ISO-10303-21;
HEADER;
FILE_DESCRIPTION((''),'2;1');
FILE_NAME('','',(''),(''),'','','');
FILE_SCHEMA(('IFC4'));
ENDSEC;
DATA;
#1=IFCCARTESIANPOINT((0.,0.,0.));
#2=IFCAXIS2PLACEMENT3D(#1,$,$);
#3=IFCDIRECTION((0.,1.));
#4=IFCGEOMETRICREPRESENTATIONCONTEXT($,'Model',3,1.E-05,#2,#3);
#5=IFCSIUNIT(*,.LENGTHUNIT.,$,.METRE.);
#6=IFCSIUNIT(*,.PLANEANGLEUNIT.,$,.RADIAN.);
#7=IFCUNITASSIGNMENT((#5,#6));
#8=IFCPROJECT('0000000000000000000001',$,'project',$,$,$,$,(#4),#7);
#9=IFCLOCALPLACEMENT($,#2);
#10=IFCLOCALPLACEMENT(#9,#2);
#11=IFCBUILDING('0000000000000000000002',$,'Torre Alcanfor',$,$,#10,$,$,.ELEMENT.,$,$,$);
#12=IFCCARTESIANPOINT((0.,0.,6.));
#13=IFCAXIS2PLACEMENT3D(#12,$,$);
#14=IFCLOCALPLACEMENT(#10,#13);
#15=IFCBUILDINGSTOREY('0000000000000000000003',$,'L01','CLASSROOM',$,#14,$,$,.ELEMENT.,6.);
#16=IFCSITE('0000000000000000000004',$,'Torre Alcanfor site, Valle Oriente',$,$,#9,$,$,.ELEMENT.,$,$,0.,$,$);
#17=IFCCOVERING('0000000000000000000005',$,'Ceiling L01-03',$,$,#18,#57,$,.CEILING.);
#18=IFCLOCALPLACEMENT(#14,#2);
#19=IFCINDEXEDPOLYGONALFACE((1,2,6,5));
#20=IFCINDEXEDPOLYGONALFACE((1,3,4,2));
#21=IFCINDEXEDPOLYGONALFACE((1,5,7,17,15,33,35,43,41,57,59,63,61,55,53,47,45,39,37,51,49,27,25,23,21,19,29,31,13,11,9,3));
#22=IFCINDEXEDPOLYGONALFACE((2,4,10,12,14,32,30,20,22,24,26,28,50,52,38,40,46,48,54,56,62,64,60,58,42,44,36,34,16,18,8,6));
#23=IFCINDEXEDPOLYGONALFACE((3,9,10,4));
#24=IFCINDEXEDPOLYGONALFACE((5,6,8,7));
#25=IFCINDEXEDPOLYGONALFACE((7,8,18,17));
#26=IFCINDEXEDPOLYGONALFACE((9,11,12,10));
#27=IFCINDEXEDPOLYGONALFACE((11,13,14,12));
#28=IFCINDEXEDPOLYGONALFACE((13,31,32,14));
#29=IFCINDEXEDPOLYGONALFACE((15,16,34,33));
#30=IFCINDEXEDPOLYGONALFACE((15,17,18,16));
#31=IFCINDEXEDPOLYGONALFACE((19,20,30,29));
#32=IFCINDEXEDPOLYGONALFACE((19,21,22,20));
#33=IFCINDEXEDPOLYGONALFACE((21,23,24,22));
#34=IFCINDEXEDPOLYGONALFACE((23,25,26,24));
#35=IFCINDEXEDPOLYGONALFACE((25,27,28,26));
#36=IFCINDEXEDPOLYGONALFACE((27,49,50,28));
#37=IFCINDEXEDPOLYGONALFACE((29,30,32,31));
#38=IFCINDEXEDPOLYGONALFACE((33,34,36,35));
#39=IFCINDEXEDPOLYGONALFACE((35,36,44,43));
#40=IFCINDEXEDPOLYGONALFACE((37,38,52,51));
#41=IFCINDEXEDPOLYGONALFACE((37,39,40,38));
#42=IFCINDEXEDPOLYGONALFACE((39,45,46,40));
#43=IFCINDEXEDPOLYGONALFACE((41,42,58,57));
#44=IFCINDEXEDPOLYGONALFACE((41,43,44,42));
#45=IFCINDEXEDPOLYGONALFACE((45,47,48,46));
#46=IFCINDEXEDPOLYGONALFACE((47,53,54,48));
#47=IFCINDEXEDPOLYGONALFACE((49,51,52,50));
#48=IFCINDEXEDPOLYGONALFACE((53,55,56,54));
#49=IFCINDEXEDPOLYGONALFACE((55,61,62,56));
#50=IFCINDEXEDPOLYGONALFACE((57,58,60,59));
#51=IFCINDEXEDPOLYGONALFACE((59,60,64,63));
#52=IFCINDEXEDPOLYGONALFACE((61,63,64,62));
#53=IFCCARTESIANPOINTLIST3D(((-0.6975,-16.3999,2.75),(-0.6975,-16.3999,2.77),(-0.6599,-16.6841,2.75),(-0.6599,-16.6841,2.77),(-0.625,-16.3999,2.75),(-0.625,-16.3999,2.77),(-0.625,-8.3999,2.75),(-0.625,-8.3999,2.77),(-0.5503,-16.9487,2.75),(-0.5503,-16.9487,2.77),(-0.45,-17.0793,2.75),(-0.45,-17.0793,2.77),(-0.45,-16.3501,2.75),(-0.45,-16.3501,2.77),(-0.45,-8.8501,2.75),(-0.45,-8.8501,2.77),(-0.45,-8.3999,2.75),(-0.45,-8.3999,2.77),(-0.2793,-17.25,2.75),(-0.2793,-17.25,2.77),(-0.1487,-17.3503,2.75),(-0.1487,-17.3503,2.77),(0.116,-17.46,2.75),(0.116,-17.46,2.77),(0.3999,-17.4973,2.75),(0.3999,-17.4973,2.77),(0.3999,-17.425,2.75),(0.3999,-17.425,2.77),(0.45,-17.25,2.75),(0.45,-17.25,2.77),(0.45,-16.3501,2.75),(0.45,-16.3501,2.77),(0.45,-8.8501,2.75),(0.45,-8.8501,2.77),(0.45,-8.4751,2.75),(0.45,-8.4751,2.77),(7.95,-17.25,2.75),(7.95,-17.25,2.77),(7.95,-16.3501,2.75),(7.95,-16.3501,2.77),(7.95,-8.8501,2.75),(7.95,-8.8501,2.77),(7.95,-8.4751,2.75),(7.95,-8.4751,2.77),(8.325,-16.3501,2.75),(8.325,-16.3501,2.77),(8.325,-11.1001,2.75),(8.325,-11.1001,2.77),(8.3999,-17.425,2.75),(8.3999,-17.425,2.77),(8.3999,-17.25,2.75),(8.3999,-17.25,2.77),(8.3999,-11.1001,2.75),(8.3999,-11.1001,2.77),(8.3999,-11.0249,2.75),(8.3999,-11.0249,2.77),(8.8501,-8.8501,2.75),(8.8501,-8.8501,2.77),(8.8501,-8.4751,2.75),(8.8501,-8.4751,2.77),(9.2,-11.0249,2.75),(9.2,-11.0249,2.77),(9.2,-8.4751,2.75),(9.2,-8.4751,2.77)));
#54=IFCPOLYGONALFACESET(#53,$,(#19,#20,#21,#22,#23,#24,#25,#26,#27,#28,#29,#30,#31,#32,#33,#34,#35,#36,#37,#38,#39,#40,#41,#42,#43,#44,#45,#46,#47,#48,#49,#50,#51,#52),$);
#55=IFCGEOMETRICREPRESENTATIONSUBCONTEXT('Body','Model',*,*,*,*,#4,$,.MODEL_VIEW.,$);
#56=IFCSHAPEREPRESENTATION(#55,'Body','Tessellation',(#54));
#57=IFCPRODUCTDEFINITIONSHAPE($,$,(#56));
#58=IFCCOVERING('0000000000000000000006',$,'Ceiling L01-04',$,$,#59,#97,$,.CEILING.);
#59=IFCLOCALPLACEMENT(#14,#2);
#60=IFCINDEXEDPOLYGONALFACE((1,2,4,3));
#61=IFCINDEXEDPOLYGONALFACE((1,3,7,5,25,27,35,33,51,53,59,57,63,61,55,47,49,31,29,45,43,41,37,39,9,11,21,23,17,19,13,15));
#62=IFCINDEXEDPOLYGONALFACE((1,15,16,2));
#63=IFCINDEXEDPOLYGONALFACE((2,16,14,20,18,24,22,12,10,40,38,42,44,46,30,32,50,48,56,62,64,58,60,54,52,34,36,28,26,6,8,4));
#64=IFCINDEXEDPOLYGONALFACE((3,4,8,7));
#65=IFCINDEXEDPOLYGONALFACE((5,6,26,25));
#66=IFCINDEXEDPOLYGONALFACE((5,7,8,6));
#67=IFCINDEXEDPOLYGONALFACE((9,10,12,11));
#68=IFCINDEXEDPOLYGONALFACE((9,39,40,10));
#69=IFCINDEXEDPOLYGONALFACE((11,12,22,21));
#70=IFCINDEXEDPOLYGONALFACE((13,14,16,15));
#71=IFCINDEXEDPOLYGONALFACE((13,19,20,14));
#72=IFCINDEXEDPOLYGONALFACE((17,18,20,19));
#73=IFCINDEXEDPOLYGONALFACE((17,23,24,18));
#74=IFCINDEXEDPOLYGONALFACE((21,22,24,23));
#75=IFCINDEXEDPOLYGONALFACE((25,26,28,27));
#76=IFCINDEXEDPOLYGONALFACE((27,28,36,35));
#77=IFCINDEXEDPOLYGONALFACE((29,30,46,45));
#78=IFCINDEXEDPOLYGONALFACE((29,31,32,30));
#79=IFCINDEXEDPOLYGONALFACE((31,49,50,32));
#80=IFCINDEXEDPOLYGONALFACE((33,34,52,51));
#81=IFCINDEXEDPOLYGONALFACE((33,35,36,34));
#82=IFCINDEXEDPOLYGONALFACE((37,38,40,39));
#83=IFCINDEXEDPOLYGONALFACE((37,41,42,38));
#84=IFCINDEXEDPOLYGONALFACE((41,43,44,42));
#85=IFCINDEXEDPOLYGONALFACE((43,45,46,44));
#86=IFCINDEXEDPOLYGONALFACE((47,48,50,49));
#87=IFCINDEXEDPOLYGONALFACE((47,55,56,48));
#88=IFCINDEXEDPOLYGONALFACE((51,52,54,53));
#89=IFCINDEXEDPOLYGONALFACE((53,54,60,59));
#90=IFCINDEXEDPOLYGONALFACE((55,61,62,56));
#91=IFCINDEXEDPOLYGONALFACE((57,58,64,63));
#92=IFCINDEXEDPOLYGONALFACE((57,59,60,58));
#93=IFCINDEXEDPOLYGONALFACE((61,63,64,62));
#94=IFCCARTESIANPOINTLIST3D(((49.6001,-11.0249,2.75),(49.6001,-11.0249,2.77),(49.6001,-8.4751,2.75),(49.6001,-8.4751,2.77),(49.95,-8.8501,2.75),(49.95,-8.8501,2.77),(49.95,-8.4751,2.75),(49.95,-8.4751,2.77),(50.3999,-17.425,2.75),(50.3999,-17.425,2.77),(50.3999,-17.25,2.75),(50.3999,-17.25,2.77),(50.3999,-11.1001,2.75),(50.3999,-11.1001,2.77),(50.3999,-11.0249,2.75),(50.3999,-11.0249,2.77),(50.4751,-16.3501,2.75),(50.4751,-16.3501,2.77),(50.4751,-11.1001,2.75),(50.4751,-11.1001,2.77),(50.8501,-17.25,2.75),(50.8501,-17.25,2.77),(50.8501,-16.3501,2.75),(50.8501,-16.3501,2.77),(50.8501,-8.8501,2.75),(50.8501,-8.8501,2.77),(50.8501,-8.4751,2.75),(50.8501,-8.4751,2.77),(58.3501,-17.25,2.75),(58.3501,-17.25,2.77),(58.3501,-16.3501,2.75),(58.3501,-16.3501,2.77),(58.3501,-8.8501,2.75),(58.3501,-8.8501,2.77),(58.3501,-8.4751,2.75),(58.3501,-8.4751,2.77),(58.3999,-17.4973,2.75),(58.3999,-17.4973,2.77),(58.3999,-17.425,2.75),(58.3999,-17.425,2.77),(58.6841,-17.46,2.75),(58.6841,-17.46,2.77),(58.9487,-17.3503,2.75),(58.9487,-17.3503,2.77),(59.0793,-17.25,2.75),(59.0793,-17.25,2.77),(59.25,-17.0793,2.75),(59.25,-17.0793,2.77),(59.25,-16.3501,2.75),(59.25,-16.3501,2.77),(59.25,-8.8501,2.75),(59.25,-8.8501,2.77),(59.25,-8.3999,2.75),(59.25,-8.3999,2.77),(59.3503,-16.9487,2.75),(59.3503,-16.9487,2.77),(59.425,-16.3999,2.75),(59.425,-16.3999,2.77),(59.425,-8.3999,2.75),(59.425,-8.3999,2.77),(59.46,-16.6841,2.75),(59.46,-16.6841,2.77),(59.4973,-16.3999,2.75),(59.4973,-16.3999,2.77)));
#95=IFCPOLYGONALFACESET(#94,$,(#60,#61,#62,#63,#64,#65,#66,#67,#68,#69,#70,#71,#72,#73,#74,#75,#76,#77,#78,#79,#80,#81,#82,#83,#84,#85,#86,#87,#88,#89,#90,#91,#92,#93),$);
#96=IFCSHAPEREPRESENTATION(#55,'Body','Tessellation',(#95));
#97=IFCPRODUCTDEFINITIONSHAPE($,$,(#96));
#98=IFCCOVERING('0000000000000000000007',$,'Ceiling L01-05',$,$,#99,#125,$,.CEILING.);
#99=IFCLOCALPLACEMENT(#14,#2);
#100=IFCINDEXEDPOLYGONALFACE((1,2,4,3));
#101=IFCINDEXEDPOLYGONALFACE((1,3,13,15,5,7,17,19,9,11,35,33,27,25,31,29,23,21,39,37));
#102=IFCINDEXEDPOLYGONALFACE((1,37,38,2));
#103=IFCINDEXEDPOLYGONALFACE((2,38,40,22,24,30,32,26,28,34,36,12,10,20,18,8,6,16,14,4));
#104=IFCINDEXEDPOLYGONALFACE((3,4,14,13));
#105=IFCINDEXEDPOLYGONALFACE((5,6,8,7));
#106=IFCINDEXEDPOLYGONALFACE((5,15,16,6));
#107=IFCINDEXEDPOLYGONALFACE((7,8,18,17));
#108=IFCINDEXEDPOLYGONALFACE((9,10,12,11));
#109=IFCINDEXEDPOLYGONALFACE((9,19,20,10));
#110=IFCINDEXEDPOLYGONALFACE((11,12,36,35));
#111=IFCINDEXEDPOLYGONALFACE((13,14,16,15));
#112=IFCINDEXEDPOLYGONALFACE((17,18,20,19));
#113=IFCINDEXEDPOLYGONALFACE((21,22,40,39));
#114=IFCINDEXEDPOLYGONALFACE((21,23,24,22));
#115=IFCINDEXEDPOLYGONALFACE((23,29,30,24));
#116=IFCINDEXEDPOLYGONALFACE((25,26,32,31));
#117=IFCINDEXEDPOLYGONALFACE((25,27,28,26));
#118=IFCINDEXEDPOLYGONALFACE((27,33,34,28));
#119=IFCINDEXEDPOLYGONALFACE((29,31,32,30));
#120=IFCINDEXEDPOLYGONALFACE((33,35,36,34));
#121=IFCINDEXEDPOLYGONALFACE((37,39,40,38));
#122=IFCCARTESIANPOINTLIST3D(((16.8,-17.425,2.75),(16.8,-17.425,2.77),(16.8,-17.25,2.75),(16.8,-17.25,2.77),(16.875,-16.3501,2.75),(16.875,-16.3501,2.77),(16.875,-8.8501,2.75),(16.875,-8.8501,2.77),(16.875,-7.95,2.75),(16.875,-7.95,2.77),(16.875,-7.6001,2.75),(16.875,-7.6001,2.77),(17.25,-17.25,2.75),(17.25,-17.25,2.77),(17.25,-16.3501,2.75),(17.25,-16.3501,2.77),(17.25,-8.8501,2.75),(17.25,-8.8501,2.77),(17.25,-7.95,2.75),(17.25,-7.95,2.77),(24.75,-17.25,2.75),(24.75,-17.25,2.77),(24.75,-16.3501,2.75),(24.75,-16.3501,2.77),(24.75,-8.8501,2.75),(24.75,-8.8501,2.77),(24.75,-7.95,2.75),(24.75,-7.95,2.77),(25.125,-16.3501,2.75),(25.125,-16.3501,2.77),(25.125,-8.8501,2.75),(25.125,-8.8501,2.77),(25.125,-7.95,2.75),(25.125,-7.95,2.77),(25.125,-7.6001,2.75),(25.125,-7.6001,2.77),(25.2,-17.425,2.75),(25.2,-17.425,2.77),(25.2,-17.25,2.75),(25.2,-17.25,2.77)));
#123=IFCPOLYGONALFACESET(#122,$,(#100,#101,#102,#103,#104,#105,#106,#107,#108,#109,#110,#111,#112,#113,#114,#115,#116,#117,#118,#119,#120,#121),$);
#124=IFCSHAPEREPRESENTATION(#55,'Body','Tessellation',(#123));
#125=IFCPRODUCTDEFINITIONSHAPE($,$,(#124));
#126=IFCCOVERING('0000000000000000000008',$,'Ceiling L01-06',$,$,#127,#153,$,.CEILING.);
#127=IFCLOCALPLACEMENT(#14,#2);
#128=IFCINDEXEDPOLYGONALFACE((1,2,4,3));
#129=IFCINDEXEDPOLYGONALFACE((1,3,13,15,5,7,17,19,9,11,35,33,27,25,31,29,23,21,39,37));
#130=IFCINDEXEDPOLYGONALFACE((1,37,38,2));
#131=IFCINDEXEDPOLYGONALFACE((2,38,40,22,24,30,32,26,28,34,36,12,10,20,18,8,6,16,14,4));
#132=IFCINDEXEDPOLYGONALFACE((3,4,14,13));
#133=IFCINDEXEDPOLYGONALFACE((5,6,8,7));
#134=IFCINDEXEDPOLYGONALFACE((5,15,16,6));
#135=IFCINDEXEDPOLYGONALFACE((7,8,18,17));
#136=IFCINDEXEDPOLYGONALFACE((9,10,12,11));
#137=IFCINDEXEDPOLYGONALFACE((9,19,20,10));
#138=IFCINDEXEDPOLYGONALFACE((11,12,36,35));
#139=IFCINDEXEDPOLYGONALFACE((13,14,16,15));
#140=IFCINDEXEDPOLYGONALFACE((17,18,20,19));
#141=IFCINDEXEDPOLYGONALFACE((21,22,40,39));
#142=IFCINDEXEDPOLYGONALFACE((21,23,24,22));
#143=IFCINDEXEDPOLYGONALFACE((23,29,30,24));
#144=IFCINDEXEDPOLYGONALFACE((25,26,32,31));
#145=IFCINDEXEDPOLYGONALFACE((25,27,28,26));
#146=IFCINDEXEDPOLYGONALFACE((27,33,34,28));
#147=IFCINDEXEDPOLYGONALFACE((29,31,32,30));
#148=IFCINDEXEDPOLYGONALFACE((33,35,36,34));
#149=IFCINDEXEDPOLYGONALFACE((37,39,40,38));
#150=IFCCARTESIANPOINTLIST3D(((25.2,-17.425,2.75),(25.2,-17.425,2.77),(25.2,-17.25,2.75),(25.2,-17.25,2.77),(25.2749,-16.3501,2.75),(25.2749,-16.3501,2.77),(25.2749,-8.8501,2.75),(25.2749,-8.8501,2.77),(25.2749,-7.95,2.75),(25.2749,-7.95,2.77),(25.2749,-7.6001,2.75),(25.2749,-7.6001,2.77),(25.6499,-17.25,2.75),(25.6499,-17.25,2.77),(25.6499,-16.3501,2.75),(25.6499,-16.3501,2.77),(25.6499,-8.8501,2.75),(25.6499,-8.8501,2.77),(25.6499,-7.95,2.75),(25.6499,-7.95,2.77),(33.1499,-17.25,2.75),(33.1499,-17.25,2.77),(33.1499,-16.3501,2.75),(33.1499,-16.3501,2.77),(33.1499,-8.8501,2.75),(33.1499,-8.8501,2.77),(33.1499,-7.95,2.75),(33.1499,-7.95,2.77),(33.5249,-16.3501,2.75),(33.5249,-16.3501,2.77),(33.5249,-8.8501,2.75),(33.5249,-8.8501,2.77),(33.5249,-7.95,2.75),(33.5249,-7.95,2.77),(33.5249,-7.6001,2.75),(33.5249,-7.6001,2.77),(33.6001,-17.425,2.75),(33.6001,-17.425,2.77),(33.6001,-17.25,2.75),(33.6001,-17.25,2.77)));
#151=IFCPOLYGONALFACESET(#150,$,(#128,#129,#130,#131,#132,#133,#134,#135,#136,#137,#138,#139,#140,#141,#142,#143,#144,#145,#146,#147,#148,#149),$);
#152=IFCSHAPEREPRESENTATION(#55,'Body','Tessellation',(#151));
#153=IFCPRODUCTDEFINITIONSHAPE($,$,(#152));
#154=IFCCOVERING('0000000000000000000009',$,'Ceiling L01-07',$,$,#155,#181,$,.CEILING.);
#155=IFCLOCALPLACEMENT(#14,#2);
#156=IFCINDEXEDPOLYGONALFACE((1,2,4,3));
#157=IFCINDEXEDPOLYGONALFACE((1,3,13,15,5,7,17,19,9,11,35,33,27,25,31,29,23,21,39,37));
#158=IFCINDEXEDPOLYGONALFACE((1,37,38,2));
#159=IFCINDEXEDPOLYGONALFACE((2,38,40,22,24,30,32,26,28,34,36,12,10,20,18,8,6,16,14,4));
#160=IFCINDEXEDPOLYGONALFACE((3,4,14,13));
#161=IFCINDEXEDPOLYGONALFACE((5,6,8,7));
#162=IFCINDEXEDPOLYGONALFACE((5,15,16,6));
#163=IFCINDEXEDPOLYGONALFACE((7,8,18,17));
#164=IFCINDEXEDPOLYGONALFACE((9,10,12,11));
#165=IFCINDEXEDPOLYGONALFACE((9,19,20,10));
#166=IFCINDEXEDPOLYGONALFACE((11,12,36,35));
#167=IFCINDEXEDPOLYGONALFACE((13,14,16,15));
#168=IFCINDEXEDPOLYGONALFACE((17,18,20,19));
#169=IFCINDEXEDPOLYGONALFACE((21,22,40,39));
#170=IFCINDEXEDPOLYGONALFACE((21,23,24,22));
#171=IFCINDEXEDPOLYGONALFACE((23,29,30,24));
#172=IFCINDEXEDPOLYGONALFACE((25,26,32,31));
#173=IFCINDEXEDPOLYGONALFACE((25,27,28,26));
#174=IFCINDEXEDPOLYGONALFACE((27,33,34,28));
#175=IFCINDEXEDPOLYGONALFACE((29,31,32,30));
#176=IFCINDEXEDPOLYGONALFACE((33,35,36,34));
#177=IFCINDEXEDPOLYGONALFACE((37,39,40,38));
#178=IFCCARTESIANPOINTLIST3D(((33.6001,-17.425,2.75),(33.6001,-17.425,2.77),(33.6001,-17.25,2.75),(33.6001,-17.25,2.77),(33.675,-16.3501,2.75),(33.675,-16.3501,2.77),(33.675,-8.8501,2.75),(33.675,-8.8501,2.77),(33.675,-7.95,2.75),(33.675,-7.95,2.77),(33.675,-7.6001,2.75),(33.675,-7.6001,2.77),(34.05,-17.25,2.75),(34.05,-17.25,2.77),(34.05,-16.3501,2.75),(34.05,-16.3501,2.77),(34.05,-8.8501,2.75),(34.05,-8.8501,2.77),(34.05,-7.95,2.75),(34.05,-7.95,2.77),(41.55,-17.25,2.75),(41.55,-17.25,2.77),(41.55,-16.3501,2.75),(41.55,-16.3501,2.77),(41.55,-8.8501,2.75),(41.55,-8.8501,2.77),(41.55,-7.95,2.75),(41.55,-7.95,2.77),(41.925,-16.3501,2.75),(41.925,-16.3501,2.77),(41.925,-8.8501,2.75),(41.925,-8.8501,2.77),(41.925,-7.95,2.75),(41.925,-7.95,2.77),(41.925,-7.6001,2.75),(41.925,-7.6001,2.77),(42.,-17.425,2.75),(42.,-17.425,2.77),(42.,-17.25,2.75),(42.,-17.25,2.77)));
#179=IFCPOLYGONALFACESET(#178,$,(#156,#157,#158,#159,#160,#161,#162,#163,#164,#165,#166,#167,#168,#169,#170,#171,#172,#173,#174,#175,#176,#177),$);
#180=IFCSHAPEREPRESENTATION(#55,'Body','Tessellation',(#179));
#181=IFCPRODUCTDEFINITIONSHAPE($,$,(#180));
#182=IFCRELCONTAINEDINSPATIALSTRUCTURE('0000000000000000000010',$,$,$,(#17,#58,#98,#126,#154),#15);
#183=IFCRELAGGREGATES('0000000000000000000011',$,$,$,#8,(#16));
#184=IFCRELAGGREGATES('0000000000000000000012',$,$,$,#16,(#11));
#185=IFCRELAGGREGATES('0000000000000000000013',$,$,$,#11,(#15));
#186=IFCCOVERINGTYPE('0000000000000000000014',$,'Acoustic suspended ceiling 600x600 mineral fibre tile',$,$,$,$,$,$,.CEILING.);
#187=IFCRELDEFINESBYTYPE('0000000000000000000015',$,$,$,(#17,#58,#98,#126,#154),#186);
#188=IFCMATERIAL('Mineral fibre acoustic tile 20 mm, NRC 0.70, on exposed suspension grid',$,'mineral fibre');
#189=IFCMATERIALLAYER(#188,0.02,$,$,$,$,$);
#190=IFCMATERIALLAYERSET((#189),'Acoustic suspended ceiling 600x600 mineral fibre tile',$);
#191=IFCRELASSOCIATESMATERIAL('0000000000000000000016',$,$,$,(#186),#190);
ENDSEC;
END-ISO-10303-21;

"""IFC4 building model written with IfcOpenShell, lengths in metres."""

from ifc_helpers import new_model, si_unit, direction, frame, origin, place, context, subcontext, project, spatial, polyline, outline, extrude, material, layer, layer_set, type_object, element, save


model = new_model("IFC4")

# Units and contexts
model_context = context("Model", 3, precision=1e-05, world=origin(), true_north=direction((0.0, 1.0)))
body_context = subcontext(model_context, "Body", "Model", "MODEL_VIEW")
ifc_project = project(units=[si_unit("LENGTHUNIT", "METRE"), si_unit("PLANEANGLEUNIT", "RADIAN")], contexts=[model_context])

# Site, building, storey
site_placement = place(None, origin())
site = spatial("IfcSite", under=ifc_project, at=site_placement, Name="Torre Alcanfor site, Valle Oriente", CompositionType="ELEMENT", RefElevation=0.0)
building_placement = place(site_placement, origin())
building = spatial("IfcBuilding", under=site, at=building_placement, Name="Torre Alcanfor", CompositionType="ELEMENT")
storey_placement = place(building_placement, frame((0.0, 0.0, 6.0)))
storey = spatial("IfcBuildingStorey", under=building, at=storey_placement, Name="L01", Description="CLASSROOM", CompositionType="ELEMENT", Elevation=6.0)

# Coverings
ifc_material = material(Name="Mineral fibre acoustic tile 20 mm, NRC 0.70, on exposed suspension grid", Category="mineral fibre")
ifc_layer = layer(ifc_material, 0.02)
ifc_layer_set = layer_set([ifc_layer], Name="Acoustic suspended ceiling 600x600 mineral fibre tile")
covering_type = type_object("IfcCoveringType", Name="Acoustic suspended ceiling 600x600 mineral fibre tile", PredefinedType="CEILING", material=ifc_layer_set)
covering_1_placement = place(storey_placement, frame((0.0, 0.0, 2.75)))
element("IfcCovering", 1, at=covering_1_placement, inside=storey, type_object=covering_type, Name="Ceiling L01-03", PredefinedType="CEILING", context=body_context, shape_type="SweptSolid", body=[
    extrude(outline(polyline([(-0.6599, -16.6841), (-0.5503, -16.9487), (-0.45, -17.0793), (-0.45, -16.3501), (0.45, -16.3501), (0.45, -17.25), (-0.2793, -17.25), (-0.1487, -17.3503), (0.116, -17.46), (0.3999, -17.4973), (0.3999, -17.425), (8.3999, -17.425), (8.3999, -17.25), (7.95, -17.25), (7.95, -16.3501), (8.325, -16.3501), (8.325, -11.1001), (8.3999, -11.1001), (8.3999, -11.0249), (9.2, -11.0249), (9.2, -8.4751), (8.8501, -8.4751), (8.8501, -8.8501), (7.95, -8.8501), (7.95, -8.4751), (0.45, -8.4751), (0.45, -8.8501), (-0.45, -8.8501), (-0.45, -8.3999), (-0.625, -8.3999), (-0.625, -16.3999), (-0.6975, -16.3999), (-0.6599, -16.6841)])), origin(), (0.0, 0.0, 1.0), 0.02),
])
covering_2_placement = place(storey_placement, frame((0.0, 0.0, 2.75)))
element("IfcCovering", 2, at=covering_2_placement, inside=storey, type_object=covering_type, Name="Ceiling L01-04", PredefinedType="CEILING", context=body_context, shape_type="SweptSolid", body=[
    extrude(outline(polyline([(59.25, -16.3501), (59.25, -17.0793), (59.3503, -16.9487), (59.46, -16.6841), (59.4973, -16.3999), (59.425, -16.3999), (59.425, -8.3999), (59.25, -8.3999), (59.25, -8.8501), (58.3501, -8.8501), (58.3501, -8.4751), (50.8501, -8.4751), (50.8501, -8.8501), (49.95, -8.8501), (49.95, -8.4751), (49.6001, -8.4751), (49.6001, -11.0249), (50.3999, -11.0249), (50.3999, -11.1001), (50.4751, -11.1001), (50.4751, -16.3501), (50.8501, -16.3501), (50.8501, -17.25), (50.3999, -17.25), (50.3999, -17.425), (58.3999, -17.425), (58.3999, -17.4973), (58.6841, -17.46), (58.9487, -17.3503), (59.0793, -17.25), (58.3501, -17.25), (58.3501, -16.3501), (59.25, -16.3501)])), origin(), (0.0, 0.0, 1.0), 0.02),
])
covering_3_placement = place(storey_placement, frame((0.0, 0.0, 2.75)))
element("IfcCovering", 3, at=covering_3_placement, inside=storey, type_object=covering_type, Name="Ceiling L01-05", PredefinedType="CEILING", context=body_context, shape_type="SweptSolid", body=[
    extrude(outline(polyline([(24.75, -8.8501), (24.75, -7.95), (25.125, -7.95), (25.125, -7.6001), (16.875, -7.6001), (16.875, -7.95), (17.25, -7.95), (17.25, -8.8501), (16.875, -8.8501), (16.875, -16.3501), (17.25, -16.3501), (17.25, -17.25), (16.8, -17.25), (16.8, -17.425), (25.2, -17.425), (25.2, -17.25), (24.75, -17.25), (24.75, -16.3501), (25.125, -16.3501), (25.125, -8.8501), (24.75, -8.8501)])), origin(), (0.0, 0.0, 1.0), 0.02),
])
covering_4_placement = place(storey_placement, frame((0.0, 0.0, 2.75)))
element("IfcCovering", 4, at=covering_4_placement, inside=storey, type_object=covering_type, Name="Ceiling L01-06", PredefinedType="CEILING", context=body_context, shape_type="SweptSolid", body=[
    extrude(outline(polyline([(33.1499, -8.8501), (33.1499, -7.95), (33.5249, -7.95), (33.5249, -7.6001), (25.2749, -7.6001), (25.2749, -7.95), (25.6499, -7.95), (25.6499, -8.8501), (25.2749, -8.8501), (25.2749, -16.3501), (25.6499, -16.3501), (25.6499, -17.25), (25.2, -17.25), (25.2, -17.425), (33.6001, -17.425), (33.6001, -17.25), (33.1499, -17.25), (33.1499, -16.3501), (33.5249, -16.3501), (33.5249, -8.8501), (33.1499, -8.8501)])), origin(), (0.0, 0.0, 1.0), 0.02),
])
covering_5_placement = place(storey_placement, frame((0.0, 0.0, 2.75)))
element("IfcCovering", 5, at=covering_5_placement, inside=storey, type_object=covering_type, Name="Ceiling L01-07", PredefinedType="CEILING", context=body_context, shape_type="SweptSolid", body=[
    extrude(outline(polyline([(41.55, -8.8501), (41.55, -7.95), (41.925, -7.95), (41.925, -7.6001), (33.675, -7.6001), (33.675, -7.95), (34.05, -7.95), (34.05, -8.8501), (33.675, -8.8501), (33.675, -16.3501), (34.05, -16.3501), (34.05, -17.25), (33.6001, -17.25), (33.6001, -17.425), (42.0, -17.425), (42.0, -17.25), (41.55, -17.25), (41.55, -16.3501), (41.925, -16.3501), (41.925, -8.8501), (41.55, -8.8501)])), origin(), (0.0, 0.0, 1.0), 0.02),
])

save(model, "model.ifc")
